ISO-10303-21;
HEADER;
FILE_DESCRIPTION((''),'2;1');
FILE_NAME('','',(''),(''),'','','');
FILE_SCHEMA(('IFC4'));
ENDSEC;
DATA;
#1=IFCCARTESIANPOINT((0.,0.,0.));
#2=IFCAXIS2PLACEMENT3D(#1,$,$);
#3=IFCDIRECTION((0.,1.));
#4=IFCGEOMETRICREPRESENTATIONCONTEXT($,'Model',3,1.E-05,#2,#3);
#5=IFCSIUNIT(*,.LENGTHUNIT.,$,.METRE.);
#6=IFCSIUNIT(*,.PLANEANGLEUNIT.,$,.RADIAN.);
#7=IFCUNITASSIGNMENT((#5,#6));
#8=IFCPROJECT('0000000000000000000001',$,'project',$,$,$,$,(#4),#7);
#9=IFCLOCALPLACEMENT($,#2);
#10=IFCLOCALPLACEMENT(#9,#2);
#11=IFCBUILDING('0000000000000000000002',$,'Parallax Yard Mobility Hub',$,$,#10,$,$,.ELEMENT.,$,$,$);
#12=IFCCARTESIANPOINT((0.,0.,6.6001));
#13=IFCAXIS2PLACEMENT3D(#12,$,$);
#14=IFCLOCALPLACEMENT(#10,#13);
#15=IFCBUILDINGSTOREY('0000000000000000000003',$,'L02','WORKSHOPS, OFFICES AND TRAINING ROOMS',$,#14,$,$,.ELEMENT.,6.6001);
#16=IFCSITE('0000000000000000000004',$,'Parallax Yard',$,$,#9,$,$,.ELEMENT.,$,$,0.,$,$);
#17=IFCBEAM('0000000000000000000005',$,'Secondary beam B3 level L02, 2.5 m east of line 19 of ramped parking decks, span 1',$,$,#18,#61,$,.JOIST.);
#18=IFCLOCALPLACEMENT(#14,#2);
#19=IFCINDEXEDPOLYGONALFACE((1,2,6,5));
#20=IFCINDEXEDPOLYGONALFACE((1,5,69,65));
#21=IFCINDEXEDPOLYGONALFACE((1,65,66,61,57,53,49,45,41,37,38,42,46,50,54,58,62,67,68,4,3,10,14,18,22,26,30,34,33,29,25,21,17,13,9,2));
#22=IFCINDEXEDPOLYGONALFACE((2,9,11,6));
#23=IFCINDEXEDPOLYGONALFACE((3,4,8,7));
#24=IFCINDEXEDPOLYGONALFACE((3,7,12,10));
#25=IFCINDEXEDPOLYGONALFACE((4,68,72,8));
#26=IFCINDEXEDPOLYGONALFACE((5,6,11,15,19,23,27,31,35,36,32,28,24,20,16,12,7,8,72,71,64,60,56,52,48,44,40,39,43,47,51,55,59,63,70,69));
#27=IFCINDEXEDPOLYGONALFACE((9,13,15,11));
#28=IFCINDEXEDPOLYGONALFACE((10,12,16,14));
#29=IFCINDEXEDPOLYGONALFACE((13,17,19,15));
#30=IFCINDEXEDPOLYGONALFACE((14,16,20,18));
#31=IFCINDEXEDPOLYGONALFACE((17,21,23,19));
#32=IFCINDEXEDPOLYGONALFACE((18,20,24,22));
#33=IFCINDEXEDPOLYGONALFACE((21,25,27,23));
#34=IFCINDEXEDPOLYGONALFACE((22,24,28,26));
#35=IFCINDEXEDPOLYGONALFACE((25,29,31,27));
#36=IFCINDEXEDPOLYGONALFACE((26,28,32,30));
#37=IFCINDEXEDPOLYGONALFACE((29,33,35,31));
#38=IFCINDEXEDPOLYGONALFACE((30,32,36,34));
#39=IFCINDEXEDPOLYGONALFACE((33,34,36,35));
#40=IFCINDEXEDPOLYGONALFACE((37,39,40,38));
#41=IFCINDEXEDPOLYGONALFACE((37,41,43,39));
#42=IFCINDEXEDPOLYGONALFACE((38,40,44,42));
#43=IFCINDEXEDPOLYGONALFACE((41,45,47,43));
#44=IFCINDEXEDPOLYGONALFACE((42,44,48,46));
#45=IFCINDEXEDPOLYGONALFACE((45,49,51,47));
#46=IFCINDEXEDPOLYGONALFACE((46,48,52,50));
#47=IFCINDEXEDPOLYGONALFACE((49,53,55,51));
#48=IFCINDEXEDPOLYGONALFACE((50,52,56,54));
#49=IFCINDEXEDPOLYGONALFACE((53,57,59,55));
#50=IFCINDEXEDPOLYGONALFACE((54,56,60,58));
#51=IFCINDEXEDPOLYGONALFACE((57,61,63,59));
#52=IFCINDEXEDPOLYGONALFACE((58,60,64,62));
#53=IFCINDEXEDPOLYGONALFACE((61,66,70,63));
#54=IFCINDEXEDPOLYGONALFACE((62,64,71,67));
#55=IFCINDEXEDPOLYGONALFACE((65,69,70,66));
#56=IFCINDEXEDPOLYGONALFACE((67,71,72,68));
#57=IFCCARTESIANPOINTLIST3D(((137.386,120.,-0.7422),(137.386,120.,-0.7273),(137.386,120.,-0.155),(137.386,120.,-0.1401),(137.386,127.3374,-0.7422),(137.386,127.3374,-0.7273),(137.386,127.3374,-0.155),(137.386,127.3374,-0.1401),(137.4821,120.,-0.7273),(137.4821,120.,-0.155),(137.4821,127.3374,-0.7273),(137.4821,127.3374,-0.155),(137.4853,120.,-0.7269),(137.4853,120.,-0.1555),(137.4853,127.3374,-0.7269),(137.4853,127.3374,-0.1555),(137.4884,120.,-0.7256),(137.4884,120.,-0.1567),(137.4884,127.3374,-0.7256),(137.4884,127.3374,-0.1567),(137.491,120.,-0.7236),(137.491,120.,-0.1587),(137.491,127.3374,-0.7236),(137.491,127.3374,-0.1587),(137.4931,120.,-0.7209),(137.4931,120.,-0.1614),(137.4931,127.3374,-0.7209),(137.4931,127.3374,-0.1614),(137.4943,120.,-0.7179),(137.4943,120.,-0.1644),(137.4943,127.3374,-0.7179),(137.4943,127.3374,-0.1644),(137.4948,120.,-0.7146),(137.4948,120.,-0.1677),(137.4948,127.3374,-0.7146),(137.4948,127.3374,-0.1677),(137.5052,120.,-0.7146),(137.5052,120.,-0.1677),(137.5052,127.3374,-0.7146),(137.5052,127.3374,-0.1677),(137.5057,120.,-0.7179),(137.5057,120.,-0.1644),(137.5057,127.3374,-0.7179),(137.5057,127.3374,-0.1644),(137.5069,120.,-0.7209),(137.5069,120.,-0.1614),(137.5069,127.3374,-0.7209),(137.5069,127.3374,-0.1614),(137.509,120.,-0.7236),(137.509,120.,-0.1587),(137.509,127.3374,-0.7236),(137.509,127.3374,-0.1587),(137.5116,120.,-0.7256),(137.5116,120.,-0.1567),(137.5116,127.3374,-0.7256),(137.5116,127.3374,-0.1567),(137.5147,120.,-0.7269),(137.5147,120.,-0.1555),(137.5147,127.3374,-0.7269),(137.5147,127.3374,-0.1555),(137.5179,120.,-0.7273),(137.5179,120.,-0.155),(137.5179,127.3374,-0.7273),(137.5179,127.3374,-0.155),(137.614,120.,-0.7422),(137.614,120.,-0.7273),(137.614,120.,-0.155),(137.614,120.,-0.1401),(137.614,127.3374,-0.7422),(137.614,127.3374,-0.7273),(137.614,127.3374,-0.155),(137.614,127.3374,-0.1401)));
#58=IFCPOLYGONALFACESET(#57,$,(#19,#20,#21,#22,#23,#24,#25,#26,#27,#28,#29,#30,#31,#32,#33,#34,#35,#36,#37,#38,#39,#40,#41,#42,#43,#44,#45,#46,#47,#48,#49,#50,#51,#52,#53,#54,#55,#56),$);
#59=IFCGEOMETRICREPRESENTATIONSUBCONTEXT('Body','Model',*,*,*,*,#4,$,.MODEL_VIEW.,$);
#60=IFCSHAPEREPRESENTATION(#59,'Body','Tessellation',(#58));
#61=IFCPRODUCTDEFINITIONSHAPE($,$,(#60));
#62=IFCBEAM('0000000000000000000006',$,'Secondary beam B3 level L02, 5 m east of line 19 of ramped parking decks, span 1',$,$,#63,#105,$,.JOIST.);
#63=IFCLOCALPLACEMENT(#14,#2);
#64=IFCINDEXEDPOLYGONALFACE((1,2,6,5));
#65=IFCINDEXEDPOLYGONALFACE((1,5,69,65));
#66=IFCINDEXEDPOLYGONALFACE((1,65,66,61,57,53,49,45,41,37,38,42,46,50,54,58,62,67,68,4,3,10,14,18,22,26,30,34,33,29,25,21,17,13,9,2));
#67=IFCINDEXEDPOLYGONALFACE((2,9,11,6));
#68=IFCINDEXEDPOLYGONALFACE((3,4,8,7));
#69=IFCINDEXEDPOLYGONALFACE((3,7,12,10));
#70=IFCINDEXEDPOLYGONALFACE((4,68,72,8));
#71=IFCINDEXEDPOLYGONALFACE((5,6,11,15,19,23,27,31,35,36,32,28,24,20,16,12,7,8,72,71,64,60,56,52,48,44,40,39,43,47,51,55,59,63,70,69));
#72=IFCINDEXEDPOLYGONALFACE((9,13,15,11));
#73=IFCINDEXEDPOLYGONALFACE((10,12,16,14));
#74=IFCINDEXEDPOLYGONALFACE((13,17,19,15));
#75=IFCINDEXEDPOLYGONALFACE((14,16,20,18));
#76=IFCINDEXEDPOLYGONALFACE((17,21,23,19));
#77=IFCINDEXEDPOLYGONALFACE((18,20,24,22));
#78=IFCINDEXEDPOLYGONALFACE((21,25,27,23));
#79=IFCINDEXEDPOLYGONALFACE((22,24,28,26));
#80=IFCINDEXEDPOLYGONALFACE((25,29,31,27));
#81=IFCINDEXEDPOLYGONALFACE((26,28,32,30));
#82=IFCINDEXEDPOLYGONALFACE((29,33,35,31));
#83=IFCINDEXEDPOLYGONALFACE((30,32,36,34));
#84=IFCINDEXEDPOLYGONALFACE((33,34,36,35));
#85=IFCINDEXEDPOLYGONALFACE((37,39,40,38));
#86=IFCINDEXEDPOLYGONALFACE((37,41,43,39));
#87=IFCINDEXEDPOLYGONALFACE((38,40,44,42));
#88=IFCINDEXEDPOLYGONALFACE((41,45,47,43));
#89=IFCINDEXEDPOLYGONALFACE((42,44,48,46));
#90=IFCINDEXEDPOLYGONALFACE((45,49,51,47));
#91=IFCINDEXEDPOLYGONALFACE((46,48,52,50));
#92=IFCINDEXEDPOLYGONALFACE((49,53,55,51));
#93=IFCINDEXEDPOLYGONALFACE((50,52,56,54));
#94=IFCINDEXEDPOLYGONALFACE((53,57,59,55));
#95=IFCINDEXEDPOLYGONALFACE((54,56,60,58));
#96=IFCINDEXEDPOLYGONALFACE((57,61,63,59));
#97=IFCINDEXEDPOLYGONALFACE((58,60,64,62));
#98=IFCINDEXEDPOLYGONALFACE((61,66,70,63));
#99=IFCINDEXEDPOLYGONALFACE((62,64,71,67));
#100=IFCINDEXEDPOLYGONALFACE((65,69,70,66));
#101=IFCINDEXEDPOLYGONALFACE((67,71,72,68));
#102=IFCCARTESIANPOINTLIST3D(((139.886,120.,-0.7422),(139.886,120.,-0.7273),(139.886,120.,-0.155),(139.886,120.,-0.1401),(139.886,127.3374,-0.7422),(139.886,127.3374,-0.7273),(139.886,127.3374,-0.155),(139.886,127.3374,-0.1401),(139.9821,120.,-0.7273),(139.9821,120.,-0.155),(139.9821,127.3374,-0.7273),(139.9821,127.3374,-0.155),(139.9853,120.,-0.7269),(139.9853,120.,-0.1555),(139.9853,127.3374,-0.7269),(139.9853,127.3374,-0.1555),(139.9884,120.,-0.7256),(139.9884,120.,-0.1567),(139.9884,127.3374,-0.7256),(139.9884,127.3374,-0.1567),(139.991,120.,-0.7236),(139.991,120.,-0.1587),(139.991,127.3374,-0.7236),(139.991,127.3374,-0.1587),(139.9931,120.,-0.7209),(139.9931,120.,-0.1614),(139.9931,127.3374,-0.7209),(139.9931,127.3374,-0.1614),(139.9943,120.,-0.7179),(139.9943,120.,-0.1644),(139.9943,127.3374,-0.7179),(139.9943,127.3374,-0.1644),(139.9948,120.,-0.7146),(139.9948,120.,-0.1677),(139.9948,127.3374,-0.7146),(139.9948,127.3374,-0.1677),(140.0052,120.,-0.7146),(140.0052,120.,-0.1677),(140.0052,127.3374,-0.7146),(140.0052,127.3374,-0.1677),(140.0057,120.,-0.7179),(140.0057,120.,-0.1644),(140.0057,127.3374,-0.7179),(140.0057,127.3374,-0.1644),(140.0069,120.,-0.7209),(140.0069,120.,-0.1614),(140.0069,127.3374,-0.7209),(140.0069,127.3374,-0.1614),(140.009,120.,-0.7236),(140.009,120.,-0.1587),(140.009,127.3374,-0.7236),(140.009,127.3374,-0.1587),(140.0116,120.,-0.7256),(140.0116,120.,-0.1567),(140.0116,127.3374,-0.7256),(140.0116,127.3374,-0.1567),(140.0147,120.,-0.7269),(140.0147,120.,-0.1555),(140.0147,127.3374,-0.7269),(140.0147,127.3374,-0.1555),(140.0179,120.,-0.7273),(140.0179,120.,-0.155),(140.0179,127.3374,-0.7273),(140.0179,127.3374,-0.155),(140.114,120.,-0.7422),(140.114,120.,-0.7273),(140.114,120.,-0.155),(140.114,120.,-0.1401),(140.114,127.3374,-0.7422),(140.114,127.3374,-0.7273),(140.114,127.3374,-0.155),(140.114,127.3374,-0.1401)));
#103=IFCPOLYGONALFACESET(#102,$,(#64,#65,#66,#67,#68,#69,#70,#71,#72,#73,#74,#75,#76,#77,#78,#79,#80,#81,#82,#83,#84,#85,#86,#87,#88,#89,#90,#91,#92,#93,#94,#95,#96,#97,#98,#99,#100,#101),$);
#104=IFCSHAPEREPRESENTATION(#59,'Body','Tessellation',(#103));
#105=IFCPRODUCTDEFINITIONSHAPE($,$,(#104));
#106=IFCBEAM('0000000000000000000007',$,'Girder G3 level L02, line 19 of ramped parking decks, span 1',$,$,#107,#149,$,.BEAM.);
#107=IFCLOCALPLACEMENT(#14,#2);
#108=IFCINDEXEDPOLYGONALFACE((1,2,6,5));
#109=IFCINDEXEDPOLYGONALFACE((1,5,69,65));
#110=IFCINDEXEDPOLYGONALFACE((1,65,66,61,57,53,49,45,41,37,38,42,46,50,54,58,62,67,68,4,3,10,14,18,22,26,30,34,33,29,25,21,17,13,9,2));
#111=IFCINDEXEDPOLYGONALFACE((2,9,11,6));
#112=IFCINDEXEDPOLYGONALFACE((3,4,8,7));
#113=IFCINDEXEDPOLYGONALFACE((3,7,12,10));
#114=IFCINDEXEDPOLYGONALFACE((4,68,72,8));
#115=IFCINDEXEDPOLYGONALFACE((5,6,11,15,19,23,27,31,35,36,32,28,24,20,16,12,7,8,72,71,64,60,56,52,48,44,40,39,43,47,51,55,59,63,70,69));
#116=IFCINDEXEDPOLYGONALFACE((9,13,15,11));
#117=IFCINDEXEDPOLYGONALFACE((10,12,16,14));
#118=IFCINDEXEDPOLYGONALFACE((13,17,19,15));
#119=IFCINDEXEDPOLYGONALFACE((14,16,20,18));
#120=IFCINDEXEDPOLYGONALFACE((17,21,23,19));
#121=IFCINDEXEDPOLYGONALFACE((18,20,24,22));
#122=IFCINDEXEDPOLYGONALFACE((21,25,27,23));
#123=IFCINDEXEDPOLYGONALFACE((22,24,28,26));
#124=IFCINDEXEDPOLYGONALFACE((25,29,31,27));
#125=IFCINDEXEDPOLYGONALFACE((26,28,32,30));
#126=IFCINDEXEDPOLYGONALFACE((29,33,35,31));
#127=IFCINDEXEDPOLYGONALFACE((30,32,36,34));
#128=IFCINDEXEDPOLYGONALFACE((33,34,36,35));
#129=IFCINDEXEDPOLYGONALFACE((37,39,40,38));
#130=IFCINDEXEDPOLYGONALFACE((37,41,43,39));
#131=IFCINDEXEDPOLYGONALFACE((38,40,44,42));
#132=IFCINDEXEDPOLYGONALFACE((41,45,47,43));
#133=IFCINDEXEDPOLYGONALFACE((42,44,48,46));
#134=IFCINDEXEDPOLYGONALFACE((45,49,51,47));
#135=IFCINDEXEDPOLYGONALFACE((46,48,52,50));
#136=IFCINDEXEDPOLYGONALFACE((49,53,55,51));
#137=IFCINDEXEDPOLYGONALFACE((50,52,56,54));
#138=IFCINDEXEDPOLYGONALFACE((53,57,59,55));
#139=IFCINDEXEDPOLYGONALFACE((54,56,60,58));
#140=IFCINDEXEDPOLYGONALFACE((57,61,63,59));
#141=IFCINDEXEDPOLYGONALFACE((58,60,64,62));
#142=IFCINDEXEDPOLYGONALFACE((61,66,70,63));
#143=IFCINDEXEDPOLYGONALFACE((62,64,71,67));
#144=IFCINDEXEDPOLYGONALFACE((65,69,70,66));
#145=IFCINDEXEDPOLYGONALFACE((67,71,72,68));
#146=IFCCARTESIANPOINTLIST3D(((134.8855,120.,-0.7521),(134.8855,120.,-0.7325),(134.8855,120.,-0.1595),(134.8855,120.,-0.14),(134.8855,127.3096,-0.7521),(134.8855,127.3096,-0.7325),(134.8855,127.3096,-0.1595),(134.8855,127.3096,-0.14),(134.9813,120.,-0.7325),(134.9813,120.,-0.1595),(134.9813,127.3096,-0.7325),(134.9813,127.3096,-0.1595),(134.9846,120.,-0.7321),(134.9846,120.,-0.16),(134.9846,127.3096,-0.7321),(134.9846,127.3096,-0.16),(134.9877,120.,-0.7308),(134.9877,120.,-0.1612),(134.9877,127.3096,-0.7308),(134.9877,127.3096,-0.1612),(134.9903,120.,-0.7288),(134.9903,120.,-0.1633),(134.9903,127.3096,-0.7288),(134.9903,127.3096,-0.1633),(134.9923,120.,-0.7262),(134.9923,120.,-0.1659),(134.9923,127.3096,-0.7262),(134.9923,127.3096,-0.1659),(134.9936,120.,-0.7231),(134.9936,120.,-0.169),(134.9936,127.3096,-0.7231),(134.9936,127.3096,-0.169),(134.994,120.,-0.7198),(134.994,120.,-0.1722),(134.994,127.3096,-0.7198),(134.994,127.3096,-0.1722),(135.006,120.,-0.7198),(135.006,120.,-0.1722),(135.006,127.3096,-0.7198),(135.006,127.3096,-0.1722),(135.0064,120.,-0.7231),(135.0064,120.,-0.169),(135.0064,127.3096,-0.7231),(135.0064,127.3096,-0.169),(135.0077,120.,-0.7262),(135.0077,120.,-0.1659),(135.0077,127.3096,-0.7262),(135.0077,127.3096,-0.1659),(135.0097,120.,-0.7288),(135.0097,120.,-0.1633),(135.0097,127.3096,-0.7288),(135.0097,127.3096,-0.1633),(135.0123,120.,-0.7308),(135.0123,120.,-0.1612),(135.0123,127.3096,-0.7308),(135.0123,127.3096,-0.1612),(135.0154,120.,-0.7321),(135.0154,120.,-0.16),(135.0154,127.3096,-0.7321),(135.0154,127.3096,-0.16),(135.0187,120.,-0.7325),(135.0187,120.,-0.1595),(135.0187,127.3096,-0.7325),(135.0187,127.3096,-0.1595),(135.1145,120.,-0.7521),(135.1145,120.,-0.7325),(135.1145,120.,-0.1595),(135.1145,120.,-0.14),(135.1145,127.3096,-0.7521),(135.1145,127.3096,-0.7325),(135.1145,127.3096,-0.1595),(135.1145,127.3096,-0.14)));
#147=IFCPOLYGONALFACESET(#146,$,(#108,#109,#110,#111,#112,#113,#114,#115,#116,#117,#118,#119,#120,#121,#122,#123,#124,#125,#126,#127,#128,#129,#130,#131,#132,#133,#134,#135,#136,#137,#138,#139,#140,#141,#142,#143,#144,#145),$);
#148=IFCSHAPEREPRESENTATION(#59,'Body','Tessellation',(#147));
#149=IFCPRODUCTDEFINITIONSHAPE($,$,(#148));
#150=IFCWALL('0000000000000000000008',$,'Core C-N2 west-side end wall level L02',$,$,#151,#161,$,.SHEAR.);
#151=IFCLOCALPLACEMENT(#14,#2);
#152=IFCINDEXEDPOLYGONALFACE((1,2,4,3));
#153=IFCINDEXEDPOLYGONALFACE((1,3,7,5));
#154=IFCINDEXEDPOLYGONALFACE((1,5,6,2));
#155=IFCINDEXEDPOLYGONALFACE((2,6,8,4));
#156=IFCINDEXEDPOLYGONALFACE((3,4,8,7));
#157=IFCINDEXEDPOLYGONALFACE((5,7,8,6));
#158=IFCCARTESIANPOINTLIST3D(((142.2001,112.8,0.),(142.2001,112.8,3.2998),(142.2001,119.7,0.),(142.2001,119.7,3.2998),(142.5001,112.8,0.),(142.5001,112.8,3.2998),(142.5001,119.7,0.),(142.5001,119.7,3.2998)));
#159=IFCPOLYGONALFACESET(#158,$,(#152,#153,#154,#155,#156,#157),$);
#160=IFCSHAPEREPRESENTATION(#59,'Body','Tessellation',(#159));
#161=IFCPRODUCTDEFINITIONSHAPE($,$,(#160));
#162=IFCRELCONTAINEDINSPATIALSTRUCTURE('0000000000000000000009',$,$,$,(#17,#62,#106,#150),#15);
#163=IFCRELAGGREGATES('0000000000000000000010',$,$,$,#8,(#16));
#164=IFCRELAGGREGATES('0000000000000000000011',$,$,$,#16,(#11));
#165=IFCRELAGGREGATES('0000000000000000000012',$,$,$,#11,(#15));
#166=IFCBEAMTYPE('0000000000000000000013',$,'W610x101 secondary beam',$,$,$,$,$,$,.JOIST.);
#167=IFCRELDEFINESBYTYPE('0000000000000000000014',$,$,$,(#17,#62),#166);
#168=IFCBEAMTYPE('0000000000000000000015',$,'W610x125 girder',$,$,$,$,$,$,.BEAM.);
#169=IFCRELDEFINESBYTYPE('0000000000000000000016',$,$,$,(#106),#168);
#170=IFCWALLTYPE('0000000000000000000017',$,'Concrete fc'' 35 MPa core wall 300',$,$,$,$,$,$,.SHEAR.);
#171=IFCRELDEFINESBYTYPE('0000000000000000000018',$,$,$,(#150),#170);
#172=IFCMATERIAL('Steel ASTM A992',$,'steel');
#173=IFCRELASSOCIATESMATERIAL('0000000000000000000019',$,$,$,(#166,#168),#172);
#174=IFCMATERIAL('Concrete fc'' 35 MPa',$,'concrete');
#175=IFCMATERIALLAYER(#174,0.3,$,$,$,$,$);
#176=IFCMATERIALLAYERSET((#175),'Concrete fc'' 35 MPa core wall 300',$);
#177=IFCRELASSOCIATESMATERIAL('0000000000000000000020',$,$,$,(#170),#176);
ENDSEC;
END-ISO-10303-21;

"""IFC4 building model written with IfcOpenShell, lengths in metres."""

from ifc_helpers import new_model, si_unit, direction, frame, frame_2d, origin, origin_2d, place, context, subcontext, project, spatial, rectangle, i_section, extrude, material, layer, layer_set, material_profile, profile_set, type_object, element, save


model = new_model("IFC4")

# Units and contexts
model_context = context("Model", 3, precision=1e-05, world=origin(), true_north=direction((0.0, 1.0)))
body_context = subcontext(model_context, "Body", "Model", "MODEL_VIEW")
ifc_project = project(units=[si_unit("LENGTHUNIT", "METRE"), si_unit("PLANEANGLEUNIT", "RADIAN")], contexts=[model_context])

# Site, building, storey
site_placement = place(None, origin())
site = spatial("IfcSite", under=ifc_project, at=site_placement, Name="Parallax Yard", CompositionType="ELEMENT", RefElevation=0.0)
building_placement = place(site_placement, origin())
building = spatial("IfcBuilding", under=site, at=building_placement, Name="Parallax Yard Mobility Hub", CompositionType="ELEMENT")
storey_placement = place(building_placement, frame((0.0, 0.0, 6.6001)))
storey = spatial("IfcBuildingStorey", under=building, at=storey_placement, Name="L02", Description="WORKSHOPS, OFFICES AND TRAINING ROOMS", CompositionType="ELEMENT", Elevation=6.6001)

# Beams
ifc_material_1 = material(Name="Steel ASTM A992", Category="steel")
ifc_material_profile_1 = material_profile(ifc_material_1, i_section(OverallWidth=0.228, OverallDepth=0.6021, WebThickness=0.0105, FlangeThickness=0.0149, FilletRadius=0.0127, at=origin_2d()), Name="W610x101")
ifc_profile_set_1 = profile_set([ifc_material_profile_1], Name="Steel ASTM A992")
beam_type_1 = type_object("IfcBeamType", Name="W610x101 secondary beam", PredefinedType="JOIST", material=ifc_profile_set_1)
for number, where, z_axis, x_axis, name in (
    (1, (137.5, 120.0, -0.4412), (0.0, 1.0, 0.0), (-1.0, 0.0, 0.0), "Secondary beam B3 level L02, 2.5 m east of line 19 of ramped parking decks, span 1"),
    (2, (140.0, 120.0, -0.4412), (0.0, 1.0, 0.0), (-1.0, 0.0, 0.0), "Secondary beam B3 level L02, 5 m east of line 19 of ramped parking decks, span 1"),
):
    element("IfcBeam", number, at=place(storey_placement, frame(where, z_axis=z_axis, x_axis=x_axis)), inside=storey, type_object=beam_type_1, Name=name, PredefinedType="JOIST", context=body_context, shape_type="SweptSolid", body=[
        extrude(i_section(OverallWidth=0.228, OverallDepth=0.6021, WebThickness=0.0105, FlangeThickness=0.0149, FilletRadius=0.0127, at=origin_2d()), origin(), (0.0, 0.0, 1.0), 7.3374),
    ])
ifc_material_profile_2 = material_profile(ifc_material_1, i_section(OverallWidth=0.229, OverallDepth=0.6121, WebThickness=0.012, FlangeThickness=0.0195, FilletRadius=0.0127, at=origin_2d()), Name="W610x125")
ifc_profile_set_2 = profile_set([ifc_material_profile_2], Name="Steel ASTM A992")
beam_type_2 = type_object("IfcBeamType", Name="W610x125 girder", PredefinedType="BEAM", material=ifc_profile_set_2)
beam_placement = place(storey_placement, frame((135.0, 120.0, -0.446), z_axis=(0.0, 1.0, 0.0), x_axis=(-1.0, 0.0, 0.0)))
element("IfcBeam", 3, at=beam_placement, inside=storey, type_object=beam_type_2, Name="Girder G3 level L02, line 19 of ramped parking decks, span 1", PredefinedType="BEAM", context=body_context, shape_type="SweptSolid", body=[
    extrude(i_section(OverallWidth=0.229, OverallDepth=0.6121, WebThickness=0.012, FlangeThickness=0.0195, FilletRadius=0.0127, at=origin_2d()), origin(), (0.0, 0.0, 1.0), 7.3096),
])

# Wall
ifc_material_2 = material(Name="Concrete fc' 35 MPa", Category="concrete")
ifc_layer_1 = layer(ifc_material_2, 0.3)
ifc_layer_set_1 = layer_set([ifc_layer_1], Name="Concrete fc' 35 MPa core wall 300")
wall_type_1 = type_object("IfcWallType", Name="Concrete fc' 35 MPa core wall 300", PredefinedType="SHEAR", material=ifc_layer_set_1)
wall_1_placement = place(storey_placement, frame((142.3501, 119.7, 0.0), z_axis=(0.0, 0.0, 1.0), x_axis=(0.0, -1.0, 0.0)))
element("IfcWall", 4, at=wall_1_placement, inside=storey, type_object=wall_type_1, Name="Core C-N2 west-side end wall level L02", PredefinedType="SHEAR", context=body_context, shape_type="SweptSolid", body=[
    extrude(rectangle(XDim=6.8999, YDim=0.3, at=frame_2d((3.45, 0.0))), origin(), (0.0, 0.0, 1.0), 3.2998),
])

save(model, "model.ifc")
